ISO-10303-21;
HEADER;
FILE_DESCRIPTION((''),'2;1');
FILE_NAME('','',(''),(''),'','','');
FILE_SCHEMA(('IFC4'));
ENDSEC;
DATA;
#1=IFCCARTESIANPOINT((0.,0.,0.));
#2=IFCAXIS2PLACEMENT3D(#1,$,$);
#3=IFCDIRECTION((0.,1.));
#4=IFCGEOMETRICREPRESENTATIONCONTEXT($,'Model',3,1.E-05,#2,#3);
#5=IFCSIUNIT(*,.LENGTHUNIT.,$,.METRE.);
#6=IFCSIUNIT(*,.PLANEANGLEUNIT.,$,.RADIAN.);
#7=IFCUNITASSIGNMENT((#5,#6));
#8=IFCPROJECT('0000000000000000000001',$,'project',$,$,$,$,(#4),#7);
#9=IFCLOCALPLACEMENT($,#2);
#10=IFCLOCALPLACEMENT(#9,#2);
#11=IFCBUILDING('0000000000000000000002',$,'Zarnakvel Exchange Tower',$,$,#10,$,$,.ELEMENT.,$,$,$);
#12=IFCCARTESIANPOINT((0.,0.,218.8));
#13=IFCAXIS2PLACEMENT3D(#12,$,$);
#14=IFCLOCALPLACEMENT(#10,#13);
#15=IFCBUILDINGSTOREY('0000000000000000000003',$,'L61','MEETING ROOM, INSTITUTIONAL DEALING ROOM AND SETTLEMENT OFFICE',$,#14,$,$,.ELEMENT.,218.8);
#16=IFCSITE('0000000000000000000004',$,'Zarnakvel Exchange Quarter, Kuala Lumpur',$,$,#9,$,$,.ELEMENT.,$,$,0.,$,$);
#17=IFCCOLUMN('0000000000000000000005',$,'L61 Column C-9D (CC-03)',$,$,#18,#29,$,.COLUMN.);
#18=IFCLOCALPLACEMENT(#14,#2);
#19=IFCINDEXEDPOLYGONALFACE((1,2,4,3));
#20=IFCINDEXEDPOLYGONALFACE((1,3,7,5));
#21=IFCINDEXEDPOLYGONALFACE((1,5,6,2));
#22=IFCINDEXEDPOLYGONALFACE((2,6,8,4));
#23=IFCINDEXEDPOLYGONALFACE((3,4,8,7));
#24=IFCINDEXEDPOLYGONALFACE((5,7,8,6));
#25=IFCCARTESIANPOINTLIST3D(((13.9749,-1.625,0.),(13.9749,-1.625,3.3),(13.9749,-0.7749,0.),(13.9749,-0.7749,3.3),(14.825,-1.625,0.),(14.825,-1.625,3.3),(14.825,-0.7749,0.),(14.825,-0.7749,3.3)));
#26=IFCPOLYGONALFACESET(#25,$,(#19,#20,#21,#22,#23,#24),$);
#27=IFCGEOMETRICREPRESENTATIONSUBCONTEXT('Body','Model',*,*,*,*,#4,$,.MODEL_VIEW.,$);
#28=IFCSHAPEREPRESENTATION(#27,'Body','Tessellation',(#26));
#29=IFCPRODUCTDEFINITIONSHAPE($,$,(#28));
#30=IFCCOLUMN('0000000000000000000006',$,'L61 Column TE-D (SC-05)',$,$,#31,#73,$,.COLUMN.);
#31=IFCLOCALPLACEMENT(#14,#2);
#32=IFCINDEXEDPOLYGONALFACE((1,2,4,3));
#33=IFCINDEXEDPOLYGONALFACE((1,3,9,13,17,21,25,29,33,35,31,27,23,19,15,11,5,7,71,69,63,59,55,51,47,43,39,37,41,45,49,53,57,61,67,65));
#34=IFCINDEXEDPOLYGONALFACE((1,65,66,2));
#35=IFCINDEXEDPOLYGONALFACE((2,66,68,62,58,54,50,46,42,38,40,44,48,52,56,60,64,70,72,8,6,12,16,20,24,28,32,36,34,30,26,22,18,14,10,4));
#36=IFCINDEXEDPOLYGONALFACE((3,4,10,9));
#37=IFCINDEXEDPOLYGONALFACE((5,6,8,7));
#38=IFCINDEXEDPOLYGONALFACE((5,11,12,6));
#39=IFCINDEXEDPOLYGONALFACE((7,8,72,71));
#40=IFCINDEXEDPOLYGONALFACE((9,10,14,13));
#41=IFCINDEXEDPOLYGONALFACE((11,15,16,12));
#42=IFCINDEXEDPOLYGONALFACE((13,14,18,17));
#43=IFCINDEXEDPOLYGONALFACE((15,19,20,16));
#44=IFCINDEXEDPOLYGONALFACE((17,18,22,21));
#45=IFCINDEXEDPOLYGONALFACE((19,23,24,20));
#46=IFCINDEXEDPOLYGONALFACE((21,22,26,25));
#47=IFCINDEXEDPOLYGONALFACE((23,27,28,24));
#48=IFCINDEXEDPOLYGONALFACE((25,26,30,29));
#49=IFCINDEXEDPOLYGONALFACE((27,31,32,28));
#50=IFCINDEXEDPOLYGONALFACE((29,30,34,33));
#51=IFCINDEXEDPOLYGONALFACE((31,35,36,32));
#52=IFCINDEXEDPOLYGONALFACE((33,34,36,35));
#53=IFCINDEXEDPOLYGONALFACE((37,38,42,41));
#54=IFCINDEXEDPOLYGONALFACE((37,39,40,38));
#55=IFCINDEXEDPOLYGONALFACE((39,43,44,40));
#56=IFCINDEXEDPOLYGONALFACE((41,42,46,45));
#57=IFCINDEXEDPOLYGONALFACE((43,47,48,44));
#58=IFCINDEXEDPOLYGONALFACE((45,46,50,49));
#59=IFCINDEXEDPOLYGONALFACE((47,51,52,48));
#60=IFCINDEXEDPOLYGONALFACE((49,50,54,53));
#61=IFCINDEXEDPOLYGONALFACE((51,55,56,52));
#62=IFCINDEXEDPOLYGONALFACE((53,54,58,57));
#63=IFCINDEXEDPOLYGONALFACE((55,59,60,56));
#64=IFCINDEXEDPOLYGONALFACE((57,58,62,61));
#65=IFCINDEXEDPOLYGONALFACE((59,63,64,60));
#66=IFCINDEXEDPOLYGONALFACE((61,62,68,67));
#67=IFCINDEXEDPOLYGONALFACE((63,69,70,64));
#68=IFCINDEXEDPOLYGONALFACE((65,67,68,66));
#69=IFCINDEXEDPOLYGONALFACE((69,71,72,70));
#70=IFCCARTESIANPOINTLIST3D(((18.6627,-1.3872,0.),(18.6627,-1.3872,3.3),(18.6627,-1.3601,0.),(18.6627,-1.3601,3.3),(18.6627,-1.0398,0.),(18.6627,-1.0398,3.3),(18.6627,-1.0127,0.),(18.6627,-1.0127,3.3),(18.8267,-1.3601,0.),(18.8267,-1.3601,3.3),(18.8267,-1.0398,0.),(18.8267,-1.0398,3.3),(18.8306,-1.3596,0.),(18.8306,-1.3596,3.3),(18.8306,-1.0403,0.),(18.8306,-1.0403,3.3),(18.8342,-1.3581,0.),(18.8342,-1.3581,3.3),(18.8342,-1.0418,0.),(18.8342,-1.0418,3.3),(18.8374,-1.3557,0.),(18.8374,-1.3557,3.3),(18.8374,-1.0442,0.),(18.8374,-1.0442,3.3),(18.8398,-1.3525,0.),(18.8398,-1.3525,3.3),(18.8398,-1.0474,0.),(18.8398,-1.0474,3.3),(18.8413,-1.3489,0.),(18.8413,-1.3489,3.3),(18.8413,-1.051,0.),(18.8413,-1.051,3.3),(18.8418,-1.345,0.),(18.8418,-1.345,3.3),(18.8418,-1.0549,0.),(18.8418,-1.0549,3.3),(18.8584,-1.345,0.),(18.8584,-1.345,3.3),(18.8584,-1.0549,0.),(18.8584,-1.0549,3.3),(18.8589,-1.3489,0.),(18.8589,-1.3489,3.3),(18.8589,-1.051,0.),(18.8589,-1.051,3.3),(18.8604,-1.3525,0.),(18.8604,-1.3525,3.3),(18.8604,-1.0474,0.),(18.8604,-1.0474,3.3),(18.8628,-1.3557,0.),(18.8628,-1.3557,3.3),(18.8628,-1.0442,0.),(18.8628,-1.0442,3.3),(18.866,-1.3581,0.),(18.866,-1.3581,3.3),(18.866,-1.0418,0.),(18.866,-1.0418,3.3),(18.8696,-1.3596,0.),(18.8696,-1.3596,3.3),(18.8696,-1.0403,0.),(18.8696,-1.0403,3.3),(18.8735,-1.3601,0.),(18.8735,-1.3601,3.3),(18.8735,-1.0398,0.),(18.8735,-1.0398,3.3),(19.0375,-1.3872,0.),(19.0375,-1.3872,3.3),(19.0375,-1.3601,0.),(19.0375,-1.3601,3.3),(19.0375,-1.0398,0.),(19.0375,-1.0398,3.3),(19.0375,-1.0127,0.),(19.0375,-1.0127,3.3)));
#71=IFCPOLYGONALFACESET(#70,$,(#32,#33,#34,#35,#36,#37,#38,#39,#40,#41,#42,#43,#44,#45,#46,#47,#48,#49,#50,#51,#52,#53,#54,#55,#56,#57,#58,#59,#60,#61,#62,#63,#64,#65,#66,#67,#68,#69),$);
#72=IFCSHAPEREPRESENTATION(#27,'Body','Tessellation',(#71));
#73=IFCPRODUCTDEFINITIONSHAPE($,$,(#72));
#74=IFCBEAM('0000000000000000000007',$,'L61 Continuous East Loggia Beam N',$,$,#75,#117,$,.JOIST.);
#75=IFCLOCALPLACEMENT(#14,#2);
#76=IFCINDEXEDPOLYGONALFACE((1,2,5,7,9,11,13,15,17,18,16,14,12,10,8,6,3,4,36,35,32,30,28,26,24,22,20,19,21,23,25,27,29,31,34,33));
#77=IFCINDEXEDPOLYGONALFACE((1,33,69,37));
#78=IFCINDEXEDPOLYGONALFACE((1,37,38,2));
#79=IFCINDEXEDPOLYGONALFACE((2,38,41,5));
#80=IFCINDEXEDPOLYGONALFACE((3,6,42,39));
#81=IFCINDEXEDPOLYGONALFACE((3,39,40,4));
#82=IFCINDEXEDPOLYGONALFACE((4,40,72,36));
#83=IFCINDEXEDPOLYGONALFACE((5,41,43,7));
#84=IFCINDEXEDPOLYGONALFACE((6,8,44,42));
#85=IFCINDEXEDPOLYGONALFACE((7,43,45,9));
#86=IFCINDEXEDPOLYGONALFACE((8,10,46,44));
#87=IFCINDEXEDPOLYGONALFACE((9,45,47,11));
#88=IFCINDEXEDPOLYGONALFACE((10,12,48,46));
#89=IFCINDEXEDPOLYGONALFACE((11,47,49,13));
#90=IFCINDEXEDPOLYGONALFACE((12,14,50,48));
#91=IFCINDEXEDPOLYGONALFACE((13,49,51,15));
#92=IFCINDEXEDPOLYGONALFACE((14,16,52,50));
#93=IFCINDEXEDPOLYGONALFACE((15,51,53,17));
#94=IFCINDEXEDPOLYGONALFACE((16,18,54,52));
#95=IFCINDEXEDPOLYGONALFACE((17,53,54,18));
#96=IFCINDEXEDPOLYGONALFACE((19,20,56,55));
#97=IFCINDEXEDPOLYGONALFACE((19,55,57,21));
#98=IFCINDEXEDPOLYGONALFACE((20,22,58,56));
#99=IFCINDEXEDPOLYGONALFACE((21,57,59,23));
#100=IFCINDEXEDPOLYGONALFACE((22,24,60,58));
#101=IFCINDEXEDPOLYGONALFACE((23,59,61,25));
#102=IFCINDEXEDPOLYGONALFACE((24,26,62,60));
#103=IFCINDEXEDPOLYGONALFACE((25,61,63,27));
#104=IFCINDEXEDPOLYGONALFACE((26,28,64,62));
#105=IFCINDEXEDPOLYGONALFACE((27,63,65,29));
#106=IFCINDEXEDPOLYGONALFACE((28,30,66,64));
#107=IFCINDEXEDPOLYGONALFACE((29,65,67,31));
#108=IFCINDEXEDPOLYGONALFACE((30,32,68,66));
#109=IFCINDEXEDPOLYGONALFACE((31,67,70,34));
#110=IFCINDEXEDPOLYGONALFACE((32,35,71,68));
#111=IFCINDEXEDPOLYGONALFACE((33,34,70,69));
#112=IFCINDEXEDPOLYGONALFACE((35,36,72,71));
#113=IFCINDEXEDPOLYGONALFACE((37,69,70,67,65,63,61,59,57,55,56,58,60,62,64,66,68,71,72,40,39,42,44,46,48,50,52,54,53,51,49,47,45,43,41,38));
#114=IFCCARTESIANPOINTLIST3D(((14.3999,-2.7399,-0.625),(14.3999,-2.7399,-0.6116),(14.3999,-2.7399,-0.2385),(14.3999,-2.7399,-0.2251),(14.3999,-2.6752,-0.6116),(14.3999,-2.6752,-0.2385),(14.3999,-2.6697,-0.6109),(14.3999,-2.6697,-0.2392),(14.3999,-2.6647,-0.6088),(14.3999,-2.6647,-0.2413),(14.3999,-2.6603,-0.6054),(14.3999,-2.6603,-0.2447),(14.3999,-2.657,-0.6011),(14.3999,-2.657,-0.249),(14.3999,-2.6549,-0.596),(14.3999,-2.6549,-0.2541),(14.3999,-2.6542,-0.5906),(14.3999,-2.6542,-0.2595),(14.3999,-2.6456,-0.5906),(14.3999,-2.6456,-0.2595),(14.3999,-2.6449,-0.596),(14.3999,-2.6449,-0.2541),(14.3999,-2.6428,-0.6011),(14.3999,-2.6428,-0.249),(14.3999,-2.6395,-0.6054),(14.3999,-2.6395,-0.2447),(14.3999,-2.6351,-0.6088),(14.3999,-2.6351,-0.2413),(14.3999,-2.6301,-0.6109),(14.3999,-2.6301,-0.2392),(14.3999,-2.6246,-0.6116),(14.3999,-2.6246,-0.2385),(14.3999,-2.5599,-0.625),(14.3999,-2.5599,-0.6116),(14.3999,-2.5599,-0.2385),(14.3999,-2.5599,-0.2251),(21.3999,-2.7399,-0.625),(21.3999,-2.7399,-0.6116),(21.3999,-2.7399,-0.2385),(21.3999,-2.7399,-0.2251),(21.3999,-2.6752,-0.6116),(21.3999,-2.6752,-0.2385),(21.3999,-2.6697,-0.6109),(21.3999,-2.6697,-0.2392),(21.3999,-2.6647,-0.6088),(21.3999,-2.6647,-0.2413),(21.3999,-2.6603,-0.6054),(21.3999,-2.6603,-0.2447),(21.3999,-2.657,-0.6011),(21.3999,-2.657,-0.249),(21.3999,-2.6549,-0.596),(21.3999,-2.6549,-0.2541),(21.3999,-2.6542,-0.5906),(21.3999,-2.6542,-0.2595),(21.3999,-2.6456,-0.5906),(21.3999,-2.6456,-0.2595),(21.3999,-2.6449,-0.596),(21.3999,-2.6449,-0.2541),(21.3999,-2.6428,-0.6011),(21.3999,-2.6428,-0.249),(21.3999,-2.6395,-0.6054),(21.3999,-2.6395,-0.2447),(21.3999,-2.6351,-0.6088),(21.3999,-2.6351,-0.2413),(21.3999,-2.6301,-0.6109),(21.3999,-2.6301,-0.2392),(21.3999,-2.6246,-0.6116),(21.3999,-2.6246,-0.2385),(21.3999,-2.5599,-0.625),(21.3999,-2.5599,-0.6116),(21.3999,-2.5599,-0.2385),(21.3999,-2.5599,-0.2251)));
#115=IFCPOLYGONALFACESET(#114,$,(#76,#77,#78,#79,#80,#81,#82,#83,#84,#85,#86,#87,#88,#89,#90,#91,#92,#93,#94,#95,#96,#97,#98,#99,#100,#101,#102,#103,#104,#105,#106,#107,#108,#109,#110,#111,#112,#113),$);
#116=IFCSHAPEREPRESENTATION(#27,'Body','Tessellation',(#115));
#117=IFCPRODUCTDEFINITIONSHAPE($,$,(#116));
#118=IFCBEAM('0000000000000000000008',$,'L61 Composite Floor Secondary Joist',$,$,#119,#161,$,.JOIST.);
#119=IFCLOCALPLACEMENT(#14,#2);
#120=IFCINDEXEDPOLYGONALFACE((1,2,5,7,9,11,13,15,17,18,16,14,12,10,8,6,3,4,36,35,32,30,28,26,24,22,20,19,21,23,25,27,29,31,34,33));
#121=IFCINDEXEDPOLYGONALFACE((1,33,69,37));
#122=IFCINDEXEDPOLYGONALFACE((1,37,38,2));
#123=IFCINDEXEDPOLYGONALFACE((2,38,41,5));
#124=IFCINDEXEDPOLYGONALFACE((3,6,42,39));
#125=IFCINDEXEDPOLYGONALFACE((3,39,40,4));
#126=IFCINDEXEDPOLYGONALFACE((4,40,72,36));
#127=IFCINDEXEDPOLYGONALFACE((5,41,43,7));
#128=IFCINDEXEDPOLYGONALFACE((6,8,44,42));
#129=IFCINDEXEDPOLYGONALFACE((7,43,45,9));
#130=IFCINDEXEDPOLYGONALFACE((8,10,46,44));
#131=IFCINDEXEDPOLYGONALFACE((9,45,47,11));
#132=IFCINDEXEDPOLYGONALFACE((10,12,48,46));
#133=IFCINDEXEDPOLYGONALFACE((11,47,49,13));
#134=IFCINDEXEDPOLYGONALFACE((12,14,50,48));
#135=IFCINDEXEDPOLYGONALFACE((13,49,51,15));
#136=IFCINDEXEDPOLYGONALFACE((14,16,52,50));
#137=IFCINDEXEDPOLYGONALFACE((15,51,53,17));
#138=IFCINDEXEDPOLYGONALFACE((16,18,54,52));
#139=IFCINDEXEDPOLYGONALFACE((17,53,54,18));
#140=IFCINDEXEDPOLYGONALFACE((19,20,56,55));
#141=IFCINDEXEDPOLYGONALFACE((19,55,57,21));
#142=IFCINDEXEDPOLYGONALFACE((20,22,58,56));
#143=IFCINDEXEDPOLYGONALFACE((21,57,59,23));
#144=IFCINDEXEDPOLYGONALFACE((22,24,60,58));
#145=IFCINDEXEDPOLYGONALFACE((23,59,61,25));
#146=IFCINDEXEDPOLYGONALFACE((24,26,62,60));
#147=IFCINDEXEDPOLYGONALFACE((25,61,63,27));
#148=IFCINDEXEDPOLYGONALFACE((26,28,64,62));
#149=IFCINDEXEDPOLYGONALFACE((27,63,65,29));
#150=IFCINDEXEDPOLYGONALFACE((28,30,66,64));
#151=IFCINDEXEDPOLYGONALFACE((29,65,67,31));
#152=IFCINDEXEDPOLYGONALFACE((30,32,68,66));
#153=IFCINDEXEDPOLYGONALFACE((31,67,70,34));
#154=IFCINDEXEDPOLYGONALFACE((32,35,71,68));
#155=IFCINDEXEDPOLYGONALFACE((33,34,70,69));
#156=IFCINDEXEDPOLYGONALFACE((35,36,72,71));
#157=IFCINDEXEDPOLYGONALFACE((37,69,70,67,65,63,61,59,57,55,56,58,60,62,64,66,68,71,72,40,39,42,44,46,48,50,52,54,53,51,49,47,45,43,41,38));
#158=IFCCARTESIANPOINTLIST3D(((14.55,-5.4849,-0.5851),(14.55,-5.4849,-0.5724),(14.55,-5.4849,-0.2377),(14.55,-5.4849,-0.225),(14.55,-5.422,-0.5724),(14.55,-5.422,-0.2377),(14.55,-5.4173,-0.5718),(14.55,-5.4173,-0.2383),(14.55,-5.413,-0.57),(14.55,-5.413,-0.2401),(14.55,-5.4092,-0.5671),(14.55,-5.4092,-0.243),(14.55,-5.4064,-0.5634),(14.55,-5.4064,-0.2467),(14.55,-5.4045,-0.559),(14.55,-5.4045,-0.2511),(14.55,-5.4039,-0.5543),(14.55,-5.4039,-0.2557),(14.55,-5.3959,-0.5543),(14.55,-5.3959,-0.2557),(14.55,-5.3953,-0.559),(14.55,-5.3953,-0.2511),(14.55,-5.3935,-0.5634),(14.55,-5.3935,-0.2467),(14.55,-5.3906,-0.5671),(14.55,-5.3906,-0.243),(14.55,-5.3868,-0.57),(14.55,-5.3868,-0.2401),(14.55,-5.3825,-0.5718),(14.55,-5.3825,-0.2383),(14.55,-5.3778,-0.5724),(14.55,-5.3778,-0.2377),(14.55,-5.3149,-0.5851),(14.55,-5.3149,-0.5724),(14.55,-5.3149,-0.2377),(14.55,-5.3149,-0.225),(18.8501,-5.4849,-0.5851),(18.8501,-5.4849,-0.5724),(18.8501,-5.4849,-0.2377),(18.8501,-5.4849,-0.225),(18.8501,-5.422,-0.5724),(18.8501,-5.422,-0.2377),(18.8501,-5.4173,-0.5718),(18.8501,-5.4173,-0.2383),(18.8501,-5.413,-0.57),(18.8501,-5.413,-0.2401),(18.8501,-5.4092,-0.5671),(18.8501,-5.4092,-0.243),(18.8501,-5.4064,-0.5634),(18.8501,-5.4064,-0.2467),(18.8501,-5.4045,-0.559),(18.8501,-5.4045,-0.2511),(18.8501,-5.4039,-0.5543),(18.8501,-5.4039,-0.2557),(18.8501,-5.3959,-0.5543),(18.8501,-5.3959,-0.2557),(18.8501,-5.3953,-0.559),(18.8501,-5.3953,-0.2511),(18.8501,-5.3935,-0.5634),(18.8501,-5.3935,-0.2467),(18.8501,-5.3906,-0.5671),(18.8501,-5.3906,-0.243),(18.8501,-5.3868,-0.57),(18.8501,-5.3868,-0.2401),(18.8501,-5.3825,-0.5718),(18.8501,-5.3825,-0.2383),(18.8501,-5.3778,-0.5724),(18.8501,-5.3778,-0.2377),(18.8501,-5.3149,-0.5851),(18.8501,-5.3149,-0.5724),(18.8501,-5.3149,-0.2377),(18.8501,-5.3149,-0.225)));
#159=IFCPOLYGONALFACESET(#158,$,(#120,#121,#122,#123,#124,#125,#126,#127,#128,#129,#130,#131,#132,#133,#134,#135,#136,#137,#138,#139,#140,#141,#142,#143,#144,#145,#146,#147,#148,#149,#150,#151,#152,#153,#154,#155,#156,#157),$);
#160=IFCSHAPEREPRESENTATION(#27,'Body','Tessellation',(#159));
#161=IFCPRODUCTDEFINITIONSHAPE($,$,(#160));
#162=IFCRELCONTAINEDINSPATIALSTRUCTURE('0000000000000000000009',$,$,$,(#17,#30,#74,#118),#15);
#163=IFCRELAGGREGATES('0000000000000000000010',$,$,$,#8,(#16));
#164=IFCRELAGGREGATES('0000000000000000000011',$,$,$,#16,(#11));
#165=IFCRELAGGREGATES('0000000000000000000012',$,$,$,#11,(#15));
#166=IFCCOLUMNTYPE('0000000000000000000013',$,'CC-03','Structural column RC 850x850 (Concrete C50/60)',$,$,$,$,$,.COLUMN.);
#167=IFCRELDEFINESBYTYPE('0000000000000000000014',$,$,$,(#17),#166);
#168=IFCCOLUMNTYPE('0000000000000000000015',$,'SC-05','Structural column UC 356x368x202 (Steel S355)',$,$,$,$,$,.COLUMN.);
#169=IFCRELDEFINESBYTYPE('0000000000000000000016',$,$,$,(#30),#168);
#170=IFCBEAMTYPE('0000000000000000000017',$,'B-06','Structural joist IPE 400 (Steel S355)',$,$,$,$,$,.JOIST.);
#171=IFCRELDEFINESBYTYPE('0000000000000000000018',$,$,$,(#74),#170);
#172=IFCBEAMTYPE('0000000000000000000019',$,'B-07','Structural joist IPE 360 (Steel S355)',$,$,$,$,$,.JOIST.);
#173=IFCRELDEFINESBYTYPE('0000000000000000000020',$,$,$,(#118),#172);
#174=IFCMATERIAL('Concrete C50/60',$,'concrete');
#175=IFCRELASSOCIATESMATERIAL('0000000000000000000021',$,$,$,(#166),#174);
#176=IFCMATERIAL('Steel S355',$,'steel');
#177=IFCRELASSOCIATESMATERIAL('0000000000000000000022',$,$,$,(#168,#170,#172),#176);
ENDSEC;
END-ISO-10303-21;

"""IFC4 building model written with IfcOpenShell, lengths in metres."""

from ifc_helpers import new_model, si_unit, direction, frame, origin, origin_2d, place, context, subcontext, project, spatial, rectangle, i_section, extrude, material, material_profile, profile_set, type_object, element, save


model = new_model("IFC4")

# Units and contexts
model_context = context("Model", 3, precision=1e-05, world=origin(), true_north=direction((0.0, 1.0)))
body_context = subcontext(model_context, "Body", "Model", "MODEL_VIEW")
ifc_project = project(units=[si_unit("LENGTHUNIT", "METRE"), si_unit("PLANEANGLEUNIT", "RADIAN")], contexts=[model_context])

# Site, building, storey
site_placement = place(None, origin())
site = spatial("IfcSite", under=ifc_project, at=site_placement, Name="Zarnakvel Exchange Quarter, Kuala Lumpur", CompositionType="ELEMENT", RefElevation=0.0)
building_placement = place(site_placement, origin())
building = spatial("IfcBuilding", under=site, at=building_placement, Name="Zarnakvel Exchange Tower", CompositionType="ELEMENT")
storey_placement = place(building_placement, frame((0.0, 0.0, 218.8)))
storey = spatial("IfcBuildingStorey", under=building, at=storey_placement, Name="L61", Description="MEETING ROOM, INSTITUTIONAL DEALING ROOM AND SETTLEMENT OFFICE", CompositionType="ELEMENT", Elevation=218.8)

# Columns
ifc_material_1 = material(Name="Concrete C50/60", Category="concrete")
ifc_material_profile_1 = material_profile(ifc_material_1, rectangle(XDim=0.8501, YDim=0.8501, at=origin_2d()))
ifc_profile_set_1 = profile_set([ifc_material_profile_1], Name="Concrete C50/60")
column_type_1 = type_object("IfcColumnType", Name="CC-03", Description="Structural column RC 850x850 (Concrete C50/60)", PredefinedType="COLUMN", material=ifc_profile_set_1)
column_1_placement = place(storey_placement, frame((14.3999, -1.2, 0.0), z_axis=(0.0, 0.0, 1.0), x_axis=(1.0, 0.0, 0.0)))
element("IfcColumn", 1, at=column_1_placement, inside=storey, type_object=column_type_1, Name="L61 Column C-9D (CC-03)", PredefinedType="COLUMN", context=body_context, shape_type="SweptSolid", body=[
    extrude(rectangle(XDim=0.8501, YDim=0.8501, at=origin_2d()), origin(), (0.0, 0.0, 1.0), 3.3),
])
ifc_material_2 = material(Name="Steel S355", Category="steel")
ifc_material_profile_2 = material_profile(ifc_material_2, i_section(OverallWidth=0.3748, OverallDepth=0.3745, WebThickness=0.0166, FlangeThickness=0.0271, FilletRadius=0.0151, at=origin_2d()))
ifc_profile_set_2 = profile_set([ifc_material_profile_2], Name="Steel S355")
column_type_2 = type_object("IfcColumnType", Name="SC-05", Description="Structural column UC 356x368x202 (Steel S355)", PredefinedType="COLUMN", material=ifc_profile_set_2)
column_2_placement = place(storey_placement, frame((18.8501, -1.2, 0.0), z_axis=(0.0, 0.0, 1.0), x_axis=(1.0, 0.0, 0.0)))
element("IfcColumn", 2, at=column_2_placement, inside=storey, type_object=column_type_2, Name="L61 Column TE-D (SC-05)", PredefinedType="COLUMN", context=body_context, shape_type="SweptSolid", body=[
    extrude(i_section(OverallWidth=0.3748, OverallDepth=0.3745, WebThickness=0.0166, FlangeThickness=0.0271, FilletRadius=0.0151, at=origin_2d()), origin(), (0.0, 0.0, 1.0), 3.3),
])

# Beams
ifc_material_profile_3 = material_profile(ifc_material_2, i_section(OverallWidth=0.1799, OverallDepth=0.3999, WebThickness=0.0085, FlangeThickness=0.0134, FilletRadius=0.021, at=origin_2d()))
ifc_profile_set_3 = profile_set([ifc_material_profile_3], Name="Steel S355")
beam_type_1 = type_object("IfcBeamType", Name="B-06", Description="Structural joist IPE 400 (Steel S355)", PredefinedType="JOIST", material=ifc_profile_set_3)
beam_1_placement = place(storey_placement, frame((14.3999, -2.6499, -0.425), z_axis=(1.0, 0.0, 0.0), x_axis=(0.0, 1.0, 0.0)))
element("IfcBeam", 3, at=beam_1_placement, inside=storey, type_object=beam_type_1, Name="L61 Continuous East Loggia Beam N", PredefinedType="JOIST", context=body_context, shape_type="SweptSolid", body=[
    extrude(i_section(OverallWidth=0.1799, OverallDepth=0.3999, WebThickness=0.0085, FlangeThickness=0.0134, FilletRadius=0.021, at=origin_2d()), origin(), (0.0, 0.0, 1.0), 7.0),
])
ifc_material_profile_4 = material_profile(ifc_material_2, i_section(OverallWidth=0.1699, OverallDepth=0.3601, WebThickness=0.0081, FlangeThickness=0.0127, FilletRadius=0.0181, at=origin_2d()))
ifc_profile_set_4 = profile_set([ifc_material_profile_4], Name="Steel S355")
beam_type_2 = type_object("IfcBeamType", Name="B-07", Description="Structural joist IPE 360 (Steel S355)", PredefinedType="JOIST", material=ifc_profile_set_4)
beam_2_placement = place(storey_placement, frame((14.55, -5.3999, -0.405), z_axis=(1.0, 0.0, 0.0), x_axis=(0.0, 1.0, 0.0)))
element("IfcBeam", 4, at=beam_2_placement, inside=storey, type_object=beam_type_2, Name="L61 Composite Floor Secondary Joist", PredefinedType="JOIST", context=body_context, shape_type="SweptSolid", body=[
    extrude(i_section(OverallWidth=0.1699, OverallDepth=0.3601, WebThickness=0.0081, FlangeThickness=0.0127, FilletRadius=0.0181, at=origin_2d()), origin(), (0.0, 0.0, 1.0), 4.3),
])

save(model, "model.ifc")
